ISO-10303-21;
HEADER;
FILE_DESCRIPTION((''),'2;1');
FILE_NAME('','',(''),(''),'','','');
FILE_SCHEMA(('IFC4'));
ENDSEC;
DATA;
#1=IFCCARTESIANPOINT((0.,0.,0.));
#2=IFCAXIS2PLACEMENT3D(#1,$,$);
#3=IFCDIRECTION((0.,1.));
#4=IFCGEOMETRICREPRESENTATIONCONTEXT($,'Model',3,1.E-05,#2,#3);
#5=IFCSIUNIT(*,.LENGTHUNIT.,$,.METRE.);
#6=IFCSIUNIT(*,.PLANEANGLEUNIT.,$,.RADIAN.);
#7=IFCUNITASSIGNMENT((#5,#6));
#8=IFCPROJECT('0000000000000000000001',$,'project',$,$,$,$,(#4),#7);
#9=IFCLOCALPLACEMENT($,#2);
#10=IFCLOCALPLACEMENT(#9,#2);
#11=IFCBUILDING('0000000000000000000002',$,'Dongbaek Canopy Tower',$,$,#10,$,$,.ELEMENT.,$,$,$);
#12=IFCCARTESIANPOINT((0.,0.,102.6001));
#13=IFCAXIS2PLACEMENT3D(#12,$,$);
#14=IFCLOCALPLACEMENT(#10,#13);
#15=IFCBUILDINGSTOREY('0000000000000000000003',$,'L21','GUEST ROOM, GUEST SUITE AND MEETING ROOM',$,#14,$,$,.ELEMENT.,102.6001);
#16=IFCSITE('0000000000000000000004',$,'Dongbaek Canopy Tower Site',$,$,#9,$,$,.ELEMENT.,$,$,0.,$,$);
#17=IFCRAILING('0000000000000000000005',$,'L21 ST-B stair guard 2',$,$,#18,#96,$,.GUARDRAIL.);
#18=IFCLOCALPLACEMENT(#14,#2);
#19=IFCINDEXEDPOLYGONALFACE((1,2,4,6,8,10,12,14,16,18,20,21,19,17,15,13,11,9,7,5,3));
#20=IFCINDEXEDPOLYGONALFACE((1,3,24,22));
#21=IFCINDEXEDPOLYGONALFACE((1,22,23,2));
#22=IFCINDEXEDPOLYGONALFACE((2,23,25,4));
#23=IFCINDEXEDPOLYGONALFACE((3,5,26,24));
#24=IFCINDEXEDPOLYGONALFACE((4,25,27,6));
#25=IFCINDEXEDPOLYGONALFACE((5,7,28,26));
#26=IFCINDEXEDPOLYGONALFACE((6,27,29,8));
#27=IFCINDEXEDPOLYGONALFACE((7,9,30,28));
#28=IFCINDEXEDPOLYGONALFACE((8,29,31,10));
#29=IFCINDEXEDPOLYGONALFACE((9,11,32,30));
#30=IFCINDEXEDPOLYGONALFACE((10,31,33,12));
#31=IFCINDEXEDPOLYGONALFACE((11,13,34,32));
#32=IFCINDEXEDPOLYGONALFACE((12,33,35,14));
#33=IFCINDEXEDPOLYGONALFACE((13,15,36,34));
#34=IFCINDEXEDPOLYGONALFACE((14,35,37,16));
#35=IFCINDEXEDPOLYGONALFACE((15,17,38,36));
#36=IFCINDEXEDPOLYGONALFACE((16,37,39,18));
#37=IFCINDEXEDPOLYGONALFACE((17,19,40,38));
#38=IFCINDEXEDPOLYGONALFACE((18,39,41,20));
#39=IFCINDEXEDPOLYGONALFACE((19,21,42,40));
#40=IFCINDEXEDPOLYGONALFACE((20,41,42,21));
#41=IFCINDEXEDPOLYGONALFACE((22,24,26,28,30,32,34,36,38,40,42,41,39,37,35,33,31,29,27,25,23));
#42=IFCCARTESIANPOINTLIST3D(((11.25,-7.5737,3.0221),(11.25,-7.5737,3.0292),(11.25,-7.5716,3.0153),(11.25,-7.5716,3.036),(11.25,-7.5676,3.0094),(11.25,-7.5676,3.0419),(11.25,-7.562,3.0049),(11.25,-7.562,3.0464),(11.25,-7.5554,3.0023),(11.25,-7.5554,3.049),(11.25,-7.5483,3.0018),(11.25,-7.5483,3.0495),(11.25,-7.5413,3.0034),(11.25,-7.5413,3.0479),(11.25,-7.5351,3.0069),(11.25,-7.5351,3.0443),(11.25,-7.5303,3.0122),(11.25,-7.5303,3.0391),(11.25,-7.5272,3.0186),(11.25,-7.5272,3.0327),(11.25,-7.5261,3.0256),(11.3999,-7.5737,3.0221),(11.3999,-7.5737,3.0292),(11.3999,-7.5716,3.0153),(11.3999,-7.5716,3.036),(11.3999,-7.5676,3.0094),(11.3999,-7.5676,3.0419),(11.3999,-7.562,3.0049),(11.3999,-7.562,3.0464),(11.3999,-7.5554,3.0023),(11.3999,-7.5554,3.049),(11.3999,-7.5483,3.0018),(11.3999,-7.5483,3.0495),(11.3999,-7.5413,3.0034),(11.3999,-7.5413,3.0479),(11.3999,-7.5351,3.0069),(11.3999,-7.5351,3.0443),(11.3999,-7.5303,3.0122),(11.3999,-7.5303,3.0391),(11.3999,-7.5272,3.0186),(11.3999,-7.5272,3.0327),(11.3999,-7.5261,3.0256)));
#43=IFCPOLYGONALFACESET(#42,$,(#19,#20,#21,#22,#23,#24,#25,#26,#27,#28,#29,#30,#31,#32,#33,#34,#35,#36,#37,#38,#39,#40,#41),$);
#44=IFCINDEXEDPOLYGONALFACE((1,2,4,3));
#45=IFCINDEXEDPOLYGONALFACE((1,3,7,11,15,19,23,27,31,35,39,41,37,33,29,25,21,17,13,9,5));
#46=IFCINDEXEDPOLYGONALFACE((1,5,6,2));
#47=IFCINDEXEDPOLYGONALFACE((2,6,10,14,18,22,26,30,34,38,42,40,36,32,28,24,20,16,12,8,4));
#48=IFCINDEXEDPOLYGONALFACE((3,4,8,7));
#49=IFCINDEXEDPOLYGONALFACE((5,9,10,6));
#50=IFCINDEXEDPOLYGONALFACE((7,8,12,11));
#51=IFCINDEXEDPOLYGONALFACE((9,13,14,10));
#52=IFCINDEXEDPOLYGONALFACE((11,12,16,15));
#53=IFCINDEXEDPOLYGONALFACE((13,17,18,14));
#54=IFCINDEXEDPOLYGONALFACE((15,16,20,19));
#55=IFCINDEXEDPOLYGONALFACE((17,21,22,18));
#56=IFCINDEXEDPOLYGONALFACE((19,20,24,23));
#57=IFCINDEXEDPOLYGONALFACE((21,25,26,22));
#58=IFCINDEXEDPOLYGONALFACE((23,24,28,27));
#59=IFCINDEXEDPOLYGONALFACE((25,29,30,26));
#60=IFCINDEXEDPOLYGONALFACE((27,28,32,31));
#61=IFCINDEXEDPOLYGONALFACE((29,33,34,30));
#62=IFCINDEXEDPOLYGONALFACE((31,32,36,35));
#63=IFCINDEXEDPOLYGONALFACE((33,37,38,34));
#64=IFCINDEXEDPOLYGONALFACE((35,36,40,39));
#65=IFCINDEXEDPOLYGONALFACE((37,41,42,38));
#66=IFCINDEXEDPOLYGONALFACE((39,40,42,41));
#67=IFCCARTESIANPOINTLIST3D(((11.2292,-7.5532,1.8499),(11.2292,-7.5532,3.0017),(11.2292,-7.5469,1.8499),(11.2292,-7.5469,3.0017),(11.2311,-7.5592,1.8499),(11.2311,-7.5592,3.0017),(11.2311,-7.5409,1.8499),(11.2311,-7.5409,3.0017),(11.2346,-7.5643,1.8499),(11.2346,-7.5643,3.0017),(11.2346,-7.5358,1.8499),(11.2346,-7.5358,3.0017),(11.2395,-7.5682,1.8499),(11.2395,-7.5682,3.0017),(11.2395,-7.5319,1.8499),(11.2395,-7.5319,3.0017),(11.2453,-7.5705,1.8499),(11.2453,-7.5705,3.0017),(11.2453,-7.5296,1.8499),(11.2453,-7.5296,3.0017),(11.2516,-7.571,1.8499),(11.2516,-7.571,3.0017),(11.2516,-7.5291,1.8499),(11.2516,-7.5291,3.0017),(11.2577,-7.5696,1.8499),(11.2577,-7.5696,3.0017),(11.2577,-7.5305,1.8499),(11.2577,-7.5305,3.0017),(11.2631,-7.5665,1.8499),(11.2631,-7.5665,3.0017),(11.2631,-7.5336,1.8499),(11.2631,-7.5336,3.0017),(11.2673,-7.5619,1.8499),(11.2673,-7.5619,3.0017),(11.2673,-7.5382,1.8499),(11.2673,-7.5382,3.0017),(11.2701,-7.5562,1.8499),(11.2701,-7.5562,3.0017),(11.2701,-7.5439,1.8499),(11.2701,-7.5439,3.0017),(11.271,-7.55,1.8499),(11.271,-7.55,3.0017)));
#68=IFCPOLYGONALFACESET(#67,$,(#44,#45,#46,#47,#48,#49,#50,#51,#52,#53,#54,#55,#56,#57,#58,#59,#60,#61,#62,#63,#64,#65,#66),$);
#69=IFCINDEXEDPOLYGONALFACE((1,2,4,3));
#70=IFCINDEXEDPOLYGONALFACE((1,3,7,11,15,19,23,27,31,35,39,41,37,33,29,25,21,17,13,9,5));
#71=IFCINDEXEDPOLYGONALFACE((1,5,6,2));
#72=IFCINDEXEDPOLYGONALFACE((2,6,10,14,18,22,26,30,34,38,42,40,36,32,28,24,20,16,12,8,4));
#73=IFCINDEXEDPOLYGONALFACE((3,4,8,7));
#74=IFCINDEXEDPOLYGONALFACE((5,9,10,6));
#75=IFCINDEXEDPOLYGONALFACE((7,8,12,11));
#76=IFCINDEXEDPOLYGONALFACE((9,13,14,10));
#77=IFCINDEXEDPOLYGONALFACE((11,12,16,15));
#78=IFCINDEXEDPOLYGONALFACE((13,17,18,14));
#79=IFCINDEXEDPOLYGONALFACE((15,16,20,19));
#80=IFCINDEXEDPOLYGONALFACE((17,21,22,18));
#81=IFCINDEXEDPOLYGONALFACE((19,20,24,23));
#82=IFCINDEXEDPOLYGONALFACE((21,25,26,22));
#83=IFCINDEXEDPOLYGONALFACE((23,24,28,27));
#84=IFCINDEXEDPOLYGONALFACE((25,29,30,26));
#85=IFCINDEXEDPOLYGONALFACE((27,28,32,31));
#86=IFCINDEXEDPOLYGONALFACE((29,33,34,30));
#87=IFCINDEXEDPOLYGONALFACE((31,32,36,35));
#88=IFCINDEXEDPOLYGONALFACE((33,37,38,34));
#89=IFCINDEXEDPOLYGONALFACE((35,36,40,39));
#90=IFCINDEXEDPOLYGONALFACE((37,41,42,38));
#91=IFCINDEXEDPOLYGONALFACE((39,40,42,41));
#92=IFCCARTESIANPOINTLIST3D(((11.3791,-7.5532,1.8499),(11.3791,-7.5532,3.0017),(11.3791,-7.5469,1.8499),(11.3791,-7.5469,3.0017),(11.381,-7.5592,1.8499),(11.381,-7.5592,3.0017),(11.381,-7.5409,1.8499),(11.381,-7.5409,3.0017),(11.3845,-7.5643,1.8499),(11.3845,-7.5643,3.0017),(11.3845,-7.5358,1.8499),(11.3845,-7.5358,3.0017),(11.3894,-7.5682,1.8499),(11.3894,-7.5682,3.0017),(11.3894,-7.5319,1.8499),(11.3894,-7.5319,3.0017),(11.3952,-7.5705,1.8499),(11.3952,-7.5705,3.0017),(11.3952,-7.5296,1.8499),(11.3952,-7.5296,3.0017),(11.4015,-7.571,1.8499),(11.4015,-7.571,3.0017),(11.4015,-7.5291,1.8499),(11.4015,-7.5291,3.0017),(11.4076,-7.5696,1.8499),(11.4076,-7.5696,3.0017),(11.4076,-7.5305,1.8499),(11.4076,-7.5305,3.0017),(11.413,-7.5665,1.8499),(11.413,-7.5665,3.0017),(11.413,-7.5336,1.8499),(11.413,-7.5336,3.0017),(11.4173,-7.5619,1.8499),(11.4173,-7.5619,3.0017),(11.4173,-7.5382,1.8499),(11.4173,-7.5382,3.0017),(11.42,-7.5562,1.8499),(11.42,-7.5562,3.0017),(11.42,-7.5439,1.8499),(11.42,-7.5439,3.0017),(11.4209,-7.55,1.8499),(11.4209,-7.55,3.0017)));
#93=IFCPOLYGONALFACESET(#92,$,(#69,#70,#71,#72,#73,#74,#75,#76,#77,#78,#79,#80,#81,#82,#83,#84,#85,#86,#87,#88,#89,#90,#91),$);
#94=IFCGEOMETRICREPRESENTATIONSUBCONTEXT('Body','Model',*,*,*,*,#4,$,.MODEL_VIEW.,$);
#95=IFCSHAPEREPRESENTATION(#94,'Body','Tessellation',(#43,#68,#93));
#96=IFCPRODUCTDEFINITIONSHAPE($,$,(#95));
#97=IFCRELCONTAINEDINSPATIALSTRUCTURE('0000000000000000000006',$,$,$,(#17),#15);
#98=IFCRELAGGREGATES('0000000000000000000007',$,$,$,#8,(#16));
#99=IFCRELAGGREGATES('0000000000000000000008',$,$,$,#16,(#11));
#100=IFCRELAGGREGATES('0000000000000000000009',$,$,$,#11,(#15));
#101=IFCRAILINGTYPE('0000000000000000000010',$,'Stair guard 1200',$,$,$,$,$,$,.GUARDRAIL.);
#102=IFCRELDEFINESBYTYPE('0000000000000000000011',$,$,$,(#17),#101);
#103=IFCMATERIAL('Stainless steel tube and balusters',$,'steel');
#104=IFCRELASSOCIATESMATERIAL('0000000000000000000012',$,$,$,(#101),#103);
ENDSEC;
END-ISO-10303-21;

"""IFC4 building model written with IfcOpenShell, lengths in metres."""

from ifc_helpers import new_model, si_unit, direction, frame, origin, origin_2d, place, context, subcontext, project, spatial, circle, extrude, material, type_object, element, save


model = new_model("IFC4")

# Units and contexts
model_context = context("Model", 3, precision=1e-05, world=origin(), true_north=direction((0.0, 1.0)))
body_context = subcontext(model_context, "Body", "Model", "MODEL_VIEW")
ifc_project = project(units=[si_unit("LENGTHUNIT", "METRE"), si_unit("PLANEANGLEUNIT", "RADIAN")], contexts=[model_context])

# Site, building, storey
site_placement = place(None, origin())
site = spatial("IfcSite", under=ifc_project, at=site_placement, Name="Dongbaek Canopy Tower Site", CompositionType="ELEMENT", RefElevation=0.0)
building_placement = place(site_placement, origin())
building = spatial("IfcBuilding", under=site, at=building_placement, Name="Dongbaek Canopy Tower", CompositionType="ELEMENT")
storey_placement = place(building_placement, frame((0.0, 0.0, 102.6001)))
storey = spatial("IfcBuildingStorey", under=building, at=storey_placement, Name="L21", Description="GUEST ROOM, GUEST SUITE AND MEETING ROOM", CompositionType="ELEMENT", Elevation=102.6001)

# Railing
ifc_material_1 = material(Name="Stainless steel tube and balusters", Category="steel")
railing_type_1 = type_object("IfcRailingType", Name="Stair guard 1200", PredefinedType="GUARDRAIL", material=ifc_material_1)
railing_1_placement = place(storey_placement, frame((11.25, -7.55, 1.8499)))
element("IfcRailing", 1, at=railing_1_placement, inside=storey, type_object=railing_type_1, Name="L21 ST-B stair guard 2", PredefinedType="GUARDRAIL", context=body_context, shape_type="SweptSolid", body=[
    extrude(circle(Radius=0.0239, at=origin_2d()), frame((0.0, 0.0, 1.1758), z_axis=(1.0, 0.0, 0.0), x_axis=(0.0, 1.0, 0.0)), (0.0, 0.0, 1.0), 0.1499),
    extrude(circle(Radius=0.021, at=origin_2d()), origin(), (0.0, 0.0, 1.0), 1.1519),
    extrude(circle(Radius=0.021, at=origin_2d()), frame((0.1499, 0.0, 0.0)), (0.0, 0.0, 1.0), 1.1519),
])

save(model, "model.ifc")
